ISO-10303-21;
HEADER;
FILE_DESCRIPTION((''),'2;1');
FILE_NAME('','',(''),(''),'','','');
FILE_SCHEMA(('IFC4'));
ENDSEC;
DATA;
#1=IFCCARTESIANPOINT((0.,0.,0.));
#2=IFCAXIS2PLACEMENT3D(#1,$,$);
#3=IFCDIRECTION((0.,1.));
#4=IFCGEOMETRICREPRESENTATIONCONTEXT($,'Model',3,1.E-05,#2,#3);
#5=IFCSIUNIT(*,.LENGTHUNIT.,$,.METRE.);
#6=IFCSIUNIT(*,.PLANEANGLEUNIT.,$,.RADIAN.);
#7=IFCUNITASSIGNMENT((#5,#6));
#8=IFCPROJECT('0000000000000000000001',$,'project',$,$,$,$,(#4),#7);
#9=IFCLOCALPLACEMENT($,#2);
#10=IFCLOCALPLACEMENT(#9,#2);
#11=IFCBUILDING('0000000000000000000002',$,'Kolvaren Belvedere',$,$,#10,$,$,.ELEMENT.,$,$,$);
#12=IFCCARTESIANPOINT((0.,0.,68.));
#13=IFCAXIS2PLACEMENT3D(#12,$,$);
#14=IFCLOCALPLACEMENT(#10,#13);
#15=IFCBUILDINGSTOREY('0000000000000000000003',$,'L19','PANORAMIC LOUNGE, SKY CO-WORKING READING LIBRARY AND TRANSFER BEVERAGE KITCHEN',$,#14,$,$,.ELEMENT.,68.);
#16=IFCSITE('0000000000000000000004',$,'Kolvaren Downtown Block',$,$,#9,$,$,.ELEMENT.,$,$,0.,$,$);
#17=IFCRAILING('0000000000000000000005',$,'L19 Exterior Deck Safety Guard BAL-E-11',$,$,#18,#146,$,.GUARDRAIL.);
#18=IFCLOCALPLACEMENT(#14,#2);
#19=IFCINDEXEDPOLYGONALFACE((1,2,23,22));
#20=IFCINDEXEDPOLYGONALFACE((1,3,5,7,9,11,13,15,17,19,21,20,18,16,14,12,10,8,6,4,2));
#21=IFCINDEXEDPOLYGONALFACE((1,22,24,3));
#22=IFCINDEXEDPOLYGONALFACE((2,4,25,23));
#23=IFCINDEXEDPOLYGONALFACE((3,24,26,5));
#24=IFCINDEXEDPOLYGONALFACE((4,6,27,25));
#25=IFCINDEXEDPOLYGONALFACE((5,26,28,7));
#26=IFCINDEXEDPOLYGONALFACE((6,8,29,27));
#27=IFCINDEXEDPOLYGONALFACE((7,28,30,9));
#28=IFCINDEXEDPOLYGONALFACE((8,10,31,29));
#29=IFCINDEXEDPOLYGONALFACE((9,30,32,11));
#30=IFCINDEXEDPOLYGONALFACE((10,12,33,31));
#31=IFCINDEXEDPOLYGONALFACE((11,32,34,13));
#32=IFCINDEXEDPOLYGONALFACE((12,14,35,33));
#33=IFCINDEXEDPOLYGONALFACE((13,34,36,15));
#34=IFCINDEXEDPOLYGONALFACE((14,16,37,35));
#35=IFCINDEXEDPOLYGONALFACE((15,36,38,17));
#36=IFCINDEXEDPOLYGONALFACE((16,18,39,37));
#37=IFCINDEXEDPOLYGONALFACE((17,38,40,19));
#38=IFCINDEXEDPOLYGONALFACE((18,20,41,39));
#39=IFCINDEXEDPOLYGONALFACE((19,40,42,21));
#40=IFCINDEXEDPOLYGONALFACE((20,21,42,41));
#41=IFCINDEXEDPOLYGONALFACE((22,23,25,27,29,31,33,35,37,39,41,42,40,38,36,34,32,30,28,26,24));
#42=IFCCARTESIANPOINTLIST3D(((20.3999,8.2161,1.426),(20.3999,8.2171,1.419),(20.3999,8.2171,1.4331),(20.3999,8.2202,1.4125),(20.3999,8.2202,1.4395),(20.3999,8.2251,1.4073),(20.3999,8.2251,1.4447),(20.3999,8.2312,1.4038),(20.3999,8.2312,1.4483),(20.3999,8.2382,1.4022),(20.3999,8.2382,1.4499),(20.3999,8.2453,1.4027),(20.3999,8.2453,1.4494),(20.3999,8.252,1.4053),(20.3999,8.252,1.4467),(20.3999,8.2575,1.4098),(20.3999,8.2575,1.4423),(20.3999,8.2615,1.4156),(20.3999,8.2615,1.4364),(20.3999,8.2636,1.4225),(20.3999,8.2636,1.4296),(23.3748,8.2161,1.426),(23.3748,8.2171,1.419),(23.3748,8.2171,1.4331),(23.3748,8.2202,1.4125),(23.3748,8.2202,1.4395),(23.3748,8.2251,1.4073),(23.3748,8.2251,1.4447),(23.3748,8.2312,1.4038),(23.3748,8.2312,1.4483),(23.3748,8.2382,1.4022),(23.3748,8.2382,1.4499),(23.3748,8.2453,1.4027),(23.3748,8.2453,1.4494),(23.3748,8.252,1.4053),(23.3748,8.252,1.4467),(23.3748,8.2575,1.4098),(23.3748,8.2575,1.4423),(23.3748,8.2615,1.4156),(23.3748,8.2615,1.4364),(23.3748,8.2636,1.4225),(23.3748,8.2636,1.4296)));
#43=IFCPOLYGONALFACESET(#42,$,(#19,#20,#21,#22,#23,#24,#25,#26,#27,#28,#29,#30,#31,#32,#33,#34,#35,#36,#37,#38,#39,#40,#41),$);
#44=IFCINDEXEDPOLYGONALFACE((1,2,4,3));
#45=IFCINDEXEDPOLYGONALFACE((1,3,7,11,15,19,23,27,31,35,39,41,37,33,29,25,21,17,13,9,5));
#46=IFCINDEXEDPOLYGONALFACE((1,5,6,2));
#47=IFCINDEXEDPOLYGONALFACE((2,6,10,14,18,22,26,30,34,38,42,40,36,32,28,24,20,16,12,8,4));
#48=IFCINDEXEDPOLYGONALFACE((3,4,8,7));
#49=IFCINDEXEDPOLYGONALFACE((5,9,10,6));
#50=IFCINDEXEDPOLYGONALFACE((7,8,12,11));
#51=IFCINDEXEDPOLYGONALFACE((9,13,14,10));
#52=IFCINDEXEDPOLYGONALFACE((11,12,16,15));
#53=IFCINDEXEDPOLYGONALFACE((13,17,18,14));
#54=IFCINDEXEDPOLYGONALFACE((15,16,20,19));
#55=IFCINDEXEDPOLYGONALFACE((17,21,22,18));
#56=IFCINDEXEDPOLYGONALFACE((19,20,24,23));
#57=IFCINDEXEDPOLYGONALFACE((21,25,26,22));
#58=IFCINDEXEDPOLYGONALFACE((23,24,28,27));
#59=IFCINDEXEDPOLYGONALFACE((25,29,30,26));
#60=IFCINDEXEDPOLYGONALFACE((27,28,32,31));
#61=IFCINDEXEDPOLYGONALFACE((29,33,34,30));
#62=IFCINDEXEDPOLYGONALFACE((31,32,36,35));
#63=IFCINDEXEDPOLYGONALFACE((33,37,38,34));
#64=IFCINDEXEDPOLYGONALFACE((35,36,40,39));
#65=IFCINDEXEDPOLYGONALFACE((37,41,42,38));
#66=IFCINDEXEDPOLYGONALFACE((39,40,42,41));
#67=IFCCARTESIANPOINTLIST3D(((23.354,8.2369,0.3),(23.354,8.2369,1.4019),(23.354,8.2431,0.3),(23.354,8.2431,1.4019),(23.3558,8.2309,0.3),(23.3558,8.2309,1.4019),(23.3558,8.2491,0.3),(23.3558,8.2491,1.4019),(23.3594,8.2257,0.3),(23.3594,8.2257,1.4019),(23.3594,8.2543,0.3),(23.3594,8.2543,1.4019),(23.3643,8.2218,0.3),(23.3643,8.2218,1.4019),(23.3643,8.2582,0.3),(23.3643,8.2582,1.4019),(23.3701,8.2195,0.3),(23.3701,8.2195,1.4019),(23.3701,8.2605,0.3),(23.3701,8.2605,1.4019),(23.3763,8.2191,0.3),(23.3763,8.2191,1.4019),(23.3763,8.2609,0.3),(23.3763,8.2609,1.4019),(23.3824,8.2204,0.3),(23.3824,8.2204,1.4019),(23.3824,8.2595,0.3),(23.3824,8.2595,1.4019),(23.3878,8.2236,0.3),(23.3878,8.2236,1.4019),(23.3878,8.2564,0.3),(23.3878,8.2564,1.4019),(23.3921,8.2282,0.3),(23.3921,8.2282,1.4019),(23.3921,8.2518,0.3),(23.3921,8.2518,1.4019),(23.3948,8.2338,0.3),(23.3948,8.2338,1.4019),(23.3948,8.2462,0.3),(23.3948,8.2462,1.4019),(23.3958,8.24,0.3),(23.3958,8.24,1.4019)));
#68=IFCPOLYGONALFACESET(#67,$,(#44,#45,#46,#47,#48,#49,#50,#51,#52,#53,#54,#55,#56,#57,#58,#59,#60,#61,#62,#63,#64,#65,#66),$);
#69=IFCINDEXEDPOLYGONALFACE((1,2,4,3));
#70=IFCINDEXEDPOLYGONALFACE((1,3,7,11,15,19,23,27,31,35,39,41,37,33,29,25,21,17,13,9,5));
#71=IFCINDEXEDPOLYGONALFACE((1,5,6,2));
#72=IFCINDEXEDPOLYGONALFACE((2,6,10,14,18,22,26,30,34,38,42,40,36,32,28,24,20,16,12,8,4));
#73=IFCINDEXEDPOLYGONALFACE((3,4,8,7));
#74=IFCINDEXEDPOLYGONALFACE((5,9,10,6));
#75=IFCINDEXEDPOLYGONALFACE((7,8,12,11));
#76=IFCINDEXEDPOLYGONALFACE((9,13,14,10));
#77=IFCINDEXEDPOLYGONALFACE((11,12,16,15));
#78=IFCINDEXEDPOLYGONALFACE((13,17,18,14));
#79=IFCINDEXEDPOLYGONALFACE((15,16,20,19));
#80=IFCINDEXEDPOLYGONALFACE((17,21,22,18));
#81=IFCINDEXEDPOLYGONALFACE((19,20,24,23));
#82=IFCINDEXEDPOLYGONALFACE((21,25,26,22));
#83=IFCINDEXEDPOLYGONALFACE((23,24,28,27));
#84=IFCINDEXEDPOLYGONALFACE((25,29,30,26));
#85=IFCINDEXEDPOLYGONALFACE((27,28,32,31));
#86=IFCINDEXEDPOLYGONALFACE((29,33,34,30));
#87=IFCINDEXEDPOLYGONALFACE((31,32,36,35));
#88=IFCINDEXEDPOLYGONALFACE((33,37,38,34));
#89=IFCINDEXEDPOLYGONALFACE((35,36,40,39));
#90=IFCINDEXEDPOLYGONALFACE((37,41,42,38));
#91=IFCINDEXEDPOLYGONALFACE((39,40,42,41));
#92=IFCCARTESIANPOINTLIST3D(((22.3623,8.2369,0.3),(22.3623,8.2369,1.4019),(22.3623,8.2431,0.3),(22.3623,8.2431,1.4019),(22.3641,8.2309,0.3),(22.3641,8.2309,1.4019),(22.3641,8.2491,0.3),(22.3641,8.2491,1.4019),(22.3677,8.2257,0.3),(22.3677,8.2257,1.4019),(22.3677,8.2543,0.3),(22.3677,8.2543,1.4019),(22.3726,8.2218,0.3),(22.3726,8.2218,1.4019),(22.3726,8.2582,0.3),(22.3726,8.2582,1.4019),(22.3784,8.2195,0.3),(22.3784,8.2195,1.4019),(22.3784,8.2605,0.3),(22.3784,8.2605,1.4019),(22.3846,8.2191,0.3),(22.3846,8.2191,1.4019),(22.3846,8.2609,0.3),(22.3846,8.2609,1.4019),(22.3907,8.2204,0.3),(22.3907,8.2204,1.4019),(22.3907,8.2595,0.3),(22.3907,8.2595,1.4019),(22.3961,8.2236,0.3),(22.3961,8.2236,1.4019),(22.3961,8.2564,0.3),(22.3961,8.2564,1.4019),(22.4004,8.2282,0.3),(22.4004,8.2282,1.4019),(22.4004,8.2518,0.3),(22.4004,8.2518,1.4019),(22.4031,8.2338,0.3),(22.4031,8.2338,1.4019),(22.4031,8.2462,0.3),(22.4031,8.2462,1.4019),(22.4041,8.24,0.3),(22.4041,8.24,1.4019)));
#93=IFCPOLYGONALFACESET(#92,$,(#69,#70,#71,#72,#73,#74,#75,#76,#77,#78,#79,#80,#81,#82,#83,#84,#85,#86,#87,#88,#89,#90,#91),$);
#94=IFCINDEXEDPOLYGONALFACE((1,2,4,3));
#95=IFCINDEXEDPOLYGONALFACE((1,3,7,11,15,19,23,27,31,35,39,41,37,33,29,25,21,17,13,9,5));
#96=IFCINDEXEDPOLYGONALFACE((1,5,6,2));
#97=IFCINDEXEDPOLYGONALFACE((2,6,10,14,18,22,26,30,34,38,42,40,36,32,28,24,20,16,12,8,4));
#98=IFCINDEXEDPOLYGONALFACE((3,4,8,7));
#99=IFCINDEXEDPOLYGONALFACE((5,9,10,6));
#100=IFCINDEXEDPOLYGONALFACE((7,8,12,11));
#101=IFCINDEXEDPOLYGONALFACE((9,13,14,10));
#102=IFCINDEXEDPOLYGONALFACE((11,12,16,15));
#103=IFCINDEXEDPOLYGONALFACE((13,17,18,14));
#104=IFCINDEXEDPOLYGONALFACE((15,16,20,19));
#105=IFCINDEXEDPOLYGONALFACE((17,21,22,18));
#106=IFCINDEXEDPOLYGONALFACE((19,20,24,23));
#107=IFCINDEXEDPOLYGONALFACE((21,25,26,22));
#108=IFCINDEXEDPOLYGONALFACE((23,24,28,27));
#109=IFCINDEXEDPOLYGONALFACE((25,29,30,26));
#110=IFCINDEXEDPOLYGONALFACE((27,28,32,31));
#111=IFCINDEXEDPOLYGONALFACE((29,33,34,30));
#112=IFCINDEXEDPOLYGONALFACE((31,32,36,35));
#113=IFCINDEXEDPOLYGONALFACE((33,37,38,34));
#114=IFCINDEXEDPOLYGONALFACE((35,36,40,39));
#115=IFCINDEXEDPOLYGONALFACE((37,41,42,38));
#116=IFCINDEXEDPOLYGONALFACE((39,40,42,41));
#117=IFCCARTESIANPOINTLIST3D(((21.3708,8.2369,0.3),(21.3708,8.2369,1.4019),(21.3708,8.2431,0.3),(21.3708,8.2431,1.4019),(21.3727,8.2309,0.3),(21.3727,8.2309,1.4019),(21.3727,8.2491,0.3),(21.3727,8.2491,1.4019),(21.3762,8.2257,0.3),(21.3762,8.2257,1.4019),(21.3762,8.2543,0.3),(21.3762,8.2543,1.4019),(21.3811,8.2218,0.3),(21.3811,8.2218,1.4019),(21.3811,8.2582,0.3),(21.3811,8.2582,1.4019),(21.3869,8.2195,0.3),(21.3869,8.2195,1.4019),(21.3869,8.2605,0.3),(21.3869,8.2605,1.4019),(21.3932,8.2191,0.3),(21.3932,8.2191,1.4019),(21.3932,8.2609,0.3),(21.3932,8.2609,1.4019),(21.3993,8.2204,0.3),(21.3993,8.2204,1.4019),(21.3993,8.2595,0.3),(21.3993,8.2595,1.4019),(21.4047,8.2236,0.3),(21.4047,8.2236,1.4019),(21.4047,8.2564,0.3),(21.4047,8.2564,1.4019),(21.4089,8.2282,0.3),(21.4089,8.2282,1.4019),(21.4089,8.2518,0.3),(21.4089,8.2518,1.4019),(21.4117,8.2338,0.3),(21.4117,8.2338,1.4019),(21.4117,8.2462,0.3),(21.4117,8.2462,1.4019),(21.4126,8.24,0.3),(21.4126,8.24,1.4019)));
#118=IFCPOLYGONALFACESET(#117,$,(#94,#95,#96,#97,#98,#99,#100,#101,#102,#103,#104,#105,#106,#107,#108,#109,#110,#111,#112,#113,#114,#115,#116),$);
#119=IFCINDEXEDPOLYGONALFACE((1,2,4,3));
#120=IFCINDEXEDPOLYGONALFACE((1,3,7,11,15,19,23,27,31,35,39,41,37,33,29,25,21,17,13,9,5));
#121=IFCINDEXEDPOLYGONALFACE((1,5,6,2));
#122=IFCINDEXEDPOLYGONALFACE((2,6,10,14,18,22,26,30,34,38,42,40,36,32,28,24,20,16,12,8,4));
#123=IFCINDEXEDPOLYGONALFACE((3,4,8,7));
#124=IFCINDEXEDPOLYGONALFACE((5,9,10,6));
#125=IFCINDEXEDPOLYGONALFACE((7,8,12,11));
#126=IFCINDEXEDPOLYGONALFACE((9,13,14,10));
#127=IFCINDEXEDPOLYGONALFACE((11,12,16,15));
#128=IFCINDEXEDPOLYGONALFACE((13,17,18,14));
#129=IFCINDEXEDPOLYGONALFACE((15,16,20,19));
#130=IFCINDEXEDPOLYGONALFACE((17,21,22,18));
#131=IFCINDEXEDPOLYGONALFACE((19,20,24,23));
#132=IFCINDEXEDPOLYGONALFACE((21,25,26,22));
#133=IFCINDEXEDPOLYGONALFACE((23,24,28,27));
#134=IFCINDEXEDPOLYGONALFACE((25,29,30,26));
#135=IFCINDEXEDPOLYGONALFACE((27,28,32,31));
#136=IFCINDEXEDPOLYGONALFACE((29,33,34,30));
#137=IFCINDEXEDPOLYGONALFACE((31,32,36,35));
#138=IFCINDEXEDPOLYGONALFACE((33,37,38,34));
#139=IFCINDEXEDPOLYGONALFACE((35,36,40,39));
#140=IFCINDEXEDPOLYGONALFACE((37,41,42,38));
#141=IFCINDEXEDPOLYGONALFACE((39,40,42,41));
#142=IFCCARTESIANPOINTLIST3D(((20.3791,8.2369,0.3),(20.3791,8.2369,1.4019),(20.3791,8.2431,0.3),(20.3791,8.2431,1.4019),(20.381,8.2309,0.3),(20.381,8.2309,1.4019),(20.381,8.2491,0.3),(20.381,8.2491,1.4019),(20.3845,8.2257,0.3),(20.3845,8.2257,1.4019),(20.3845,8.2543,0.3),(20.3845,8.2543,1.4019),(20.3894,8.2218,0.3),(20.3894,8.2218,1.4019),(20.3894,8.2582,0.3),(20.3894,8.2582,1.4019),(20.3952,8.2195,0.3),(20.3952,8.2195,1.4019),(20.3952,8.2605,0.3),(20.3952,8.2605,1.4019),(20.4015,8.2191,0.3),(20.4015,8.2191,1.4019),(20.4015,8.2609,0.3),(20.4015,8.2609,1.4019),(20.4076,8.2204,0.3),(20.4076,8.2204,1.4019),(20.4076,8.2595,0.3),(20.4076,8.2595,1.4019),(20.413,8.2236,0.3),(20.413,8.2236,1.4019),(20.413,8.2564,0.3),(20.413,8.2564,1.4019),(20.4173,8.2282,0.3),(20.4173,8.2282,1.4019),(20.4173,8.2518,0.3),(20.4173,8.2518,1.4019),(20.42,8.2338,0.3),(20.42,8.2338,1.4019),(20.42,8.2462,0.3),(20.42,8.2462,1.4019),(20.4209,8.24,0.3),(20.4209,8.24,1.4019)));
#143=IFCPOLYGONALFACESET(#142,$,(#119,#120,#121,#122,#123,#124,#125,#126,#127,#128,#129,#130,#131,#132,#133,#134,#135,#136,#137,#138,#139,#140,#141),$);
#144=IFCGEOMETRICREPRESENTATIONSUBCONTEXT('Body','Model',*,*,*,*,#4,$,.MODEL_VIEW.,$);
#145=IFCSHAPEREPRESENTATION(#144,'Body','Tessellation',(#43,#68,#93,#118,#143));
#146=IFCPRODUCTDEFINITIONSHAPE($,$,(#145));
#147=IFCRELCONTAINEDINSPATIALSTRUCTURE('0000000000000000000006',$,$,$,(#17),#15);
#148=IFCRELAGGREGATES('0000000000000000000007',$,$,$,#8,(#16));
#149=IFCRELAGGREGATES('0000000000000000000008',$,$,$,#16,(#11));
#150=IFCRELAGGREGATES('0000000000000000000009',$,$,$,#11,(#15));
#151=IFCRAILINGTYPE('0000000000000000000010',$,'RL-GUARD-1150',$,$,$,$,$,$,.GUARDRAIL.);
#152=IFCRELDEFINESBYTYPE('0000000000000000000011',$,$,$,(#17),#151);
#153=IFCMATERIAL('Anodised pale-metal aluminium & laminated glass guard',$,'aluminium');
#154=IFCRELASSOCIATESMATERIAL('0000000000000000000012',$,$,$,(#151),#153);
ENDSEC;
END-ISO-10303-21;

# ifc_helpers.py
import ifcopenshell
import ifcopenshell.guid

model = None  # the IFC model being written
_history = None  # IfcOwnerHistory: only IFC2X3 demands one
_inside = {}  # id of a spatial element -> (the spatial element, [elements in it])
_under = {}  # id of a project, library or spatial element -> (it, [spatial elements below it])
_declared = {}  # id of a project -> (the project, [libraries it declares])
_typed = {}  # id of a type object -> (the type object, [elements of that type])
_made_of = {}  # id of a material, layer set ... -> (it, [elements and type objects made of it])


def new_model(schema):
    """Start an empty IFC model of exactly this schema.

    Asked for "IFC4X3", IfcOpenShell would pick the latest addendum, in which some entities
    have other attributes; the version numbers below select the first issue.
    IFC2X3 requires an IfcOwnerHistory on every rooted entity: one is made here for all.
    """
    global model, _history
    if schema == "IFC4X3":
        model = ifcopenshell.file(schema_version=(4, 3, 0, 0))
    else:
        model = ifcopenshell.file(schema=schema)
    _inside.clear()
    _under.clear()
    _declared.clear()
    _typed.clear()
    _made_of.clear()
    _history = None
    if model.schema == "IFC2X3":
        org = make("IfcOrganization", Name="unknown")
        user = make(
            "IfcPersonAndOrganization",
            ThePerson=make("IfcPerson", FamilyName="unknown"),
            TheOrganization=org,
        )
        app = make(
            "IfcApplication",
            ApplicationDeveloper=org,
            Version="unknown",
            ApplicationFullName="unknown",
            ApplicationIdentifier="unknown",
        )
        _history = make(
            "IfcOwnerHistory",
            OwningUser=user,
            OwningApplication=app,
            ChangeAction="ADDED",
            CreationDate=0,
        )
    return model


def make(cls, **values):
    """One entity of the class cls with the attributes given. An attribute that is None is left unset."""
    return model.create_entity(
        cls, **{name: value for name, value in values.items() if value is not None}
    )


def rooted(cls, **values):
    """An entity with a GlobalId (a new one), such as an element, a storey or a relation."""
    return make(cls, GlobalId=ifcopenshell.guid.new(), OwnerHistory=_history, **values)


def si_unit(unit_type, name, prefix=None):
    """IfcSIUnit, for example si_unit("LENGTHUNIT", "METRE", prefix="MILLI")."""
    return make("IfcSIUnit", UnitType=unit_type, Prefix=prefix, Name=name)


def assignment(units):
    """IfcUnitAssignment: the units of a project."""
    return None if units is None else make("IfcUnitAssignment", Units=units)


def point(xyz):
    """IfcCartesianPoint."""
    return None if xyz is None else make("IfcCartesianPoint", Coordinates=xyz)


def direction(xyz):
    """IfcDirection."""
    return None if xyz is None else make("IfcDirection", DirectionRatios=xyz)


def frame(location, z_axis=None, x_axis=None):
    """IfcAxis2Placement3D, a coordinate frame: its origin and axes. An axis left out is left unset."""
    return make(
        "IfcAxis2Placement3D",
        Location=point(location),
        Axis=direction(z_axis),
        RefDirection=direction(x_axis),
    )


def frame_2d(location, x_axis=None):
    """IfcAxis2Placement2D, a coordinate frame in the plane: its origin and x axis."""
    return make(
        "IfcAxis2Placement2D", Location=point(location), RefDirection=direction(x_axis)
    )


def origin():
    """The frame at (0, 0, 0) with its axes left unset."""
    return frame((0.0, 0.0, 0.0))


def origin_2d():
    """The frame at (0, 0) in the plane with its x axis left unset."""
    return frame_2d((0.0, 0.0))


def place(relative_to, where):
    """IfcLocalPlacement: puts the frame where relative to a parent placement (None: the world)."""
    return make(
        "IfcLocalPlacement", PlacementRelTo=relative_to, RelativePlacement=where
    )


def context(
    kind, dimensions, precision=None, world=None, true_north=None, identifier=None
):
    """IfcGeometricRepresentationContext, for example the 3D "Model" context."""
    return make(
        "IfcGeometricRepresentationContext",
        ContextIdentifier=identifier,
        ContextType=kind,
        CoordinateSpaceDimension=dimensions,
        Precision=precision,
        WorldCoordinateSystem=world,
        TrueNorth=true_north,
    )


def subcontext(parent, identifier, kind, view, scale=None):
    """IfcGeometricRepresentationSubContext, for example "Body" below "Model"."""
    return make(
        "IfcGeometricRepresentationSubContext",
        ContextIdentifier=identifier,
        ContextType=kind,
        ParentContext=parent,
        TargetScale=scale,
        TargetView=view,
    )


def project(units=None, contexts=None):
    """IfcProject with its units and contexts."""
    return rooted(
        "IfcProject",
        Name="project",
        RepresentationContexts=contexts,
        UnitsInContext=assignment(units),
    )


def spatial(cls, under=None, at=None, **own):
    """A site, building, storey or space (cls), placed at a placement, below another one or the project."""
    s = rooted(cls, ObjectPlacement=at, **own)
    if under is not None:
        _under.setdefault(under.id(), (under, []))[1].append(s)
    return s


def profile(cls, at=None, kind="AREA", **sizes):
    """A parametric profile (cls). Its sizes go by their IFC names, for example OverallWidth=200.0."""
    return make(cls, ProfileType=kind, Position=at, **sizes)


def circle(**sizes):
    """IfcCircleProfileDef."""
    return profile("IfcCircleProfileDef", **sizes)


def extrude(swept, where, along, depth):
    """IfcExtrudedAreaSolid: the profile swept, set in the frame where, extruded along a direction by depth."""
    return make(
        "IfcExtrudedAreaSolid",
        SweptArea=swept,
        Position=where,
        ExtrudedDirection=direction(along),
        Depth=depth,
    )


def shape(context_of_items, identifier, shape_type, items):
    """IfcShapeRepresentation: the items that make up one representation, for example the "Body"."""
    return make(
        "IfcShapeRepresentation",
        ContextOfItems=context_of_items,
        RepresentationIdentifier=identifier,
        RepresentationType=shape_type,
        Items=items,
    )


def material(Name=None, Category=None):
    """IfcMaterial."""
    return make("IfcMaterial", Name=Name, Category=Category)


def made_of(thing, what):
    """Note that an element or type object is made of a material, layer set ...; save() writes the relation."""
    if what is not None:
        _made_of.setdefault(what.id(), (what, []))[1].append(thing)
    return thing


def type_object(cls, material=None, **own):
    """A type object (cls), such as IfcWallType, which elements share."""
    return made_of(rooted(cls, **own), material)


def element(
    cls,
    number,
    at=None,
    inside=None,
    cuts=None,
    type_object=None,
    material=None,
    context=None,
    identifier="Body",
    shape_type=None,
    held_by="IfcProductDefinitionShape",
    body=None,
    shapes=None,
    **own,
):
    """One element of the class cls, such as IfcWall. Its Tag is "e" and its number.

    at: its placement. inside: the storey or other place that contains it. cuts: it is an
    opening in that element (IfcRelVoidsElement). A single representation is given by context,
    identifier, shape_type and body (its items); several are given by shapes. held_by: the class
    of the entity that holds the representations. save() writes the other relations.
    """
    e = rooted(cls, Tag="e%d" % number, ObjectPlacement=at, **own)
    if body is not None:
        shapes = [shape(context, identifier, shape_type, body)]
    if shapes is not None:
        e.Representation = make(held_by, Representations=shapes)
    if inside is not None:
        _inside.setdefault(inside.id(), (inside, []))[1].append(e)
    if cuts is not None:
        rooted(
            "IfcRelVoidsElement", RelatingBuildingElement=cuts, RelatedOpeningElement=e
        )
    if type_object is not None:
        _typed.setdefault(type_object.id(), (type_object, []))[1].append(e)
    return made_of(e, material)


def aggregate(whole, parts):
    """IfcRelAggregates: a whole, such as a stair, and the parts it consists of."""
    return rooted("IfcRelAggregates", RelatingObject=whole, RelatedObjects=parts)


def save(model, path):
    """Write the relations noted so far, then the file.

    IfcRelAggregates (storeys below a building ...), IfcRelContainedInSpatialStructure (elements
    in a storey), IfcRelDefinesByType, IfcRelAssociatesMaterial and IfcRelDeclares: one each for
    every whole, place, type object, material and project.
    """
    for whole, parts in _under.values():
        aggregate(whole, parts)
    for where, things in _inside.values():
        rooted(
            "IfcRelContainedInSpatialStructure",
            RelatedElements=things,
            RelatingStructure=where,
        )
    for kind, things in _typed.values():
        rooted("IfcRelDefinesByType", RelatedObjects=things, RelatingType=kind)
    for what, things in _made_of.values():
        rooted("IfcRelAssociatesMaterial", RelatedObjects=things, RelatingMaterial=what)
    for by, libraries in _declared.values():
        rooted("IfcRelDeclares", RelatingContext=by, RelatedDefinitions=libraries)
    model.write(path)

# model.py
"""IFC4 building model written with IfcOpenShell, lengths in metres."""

from ifc_helpers import new_model, si_unit, direction, frame, origin, origin_2d, place, context, subcontext, project, spatial, circle, extrude, material, type_object, element, save


model = new_model("IFC4")

# Units and contexts
model_context = context("Model", 3, precision=1e-05, world=origin(), true_north=direction((0.0, 1.0)))
body_context = subcontext(model_context, "Body", "Model", "MODEL_VIEW")
ifc_project = project(units=[si_unit("LENGTHUNIT", "METRE"), si_unit("PLANEANGLEUNIT", "RADIAN")], contexts=[model_context])

# Site, building, storey
site_placement = place(None, origin())
site = spatial("IfcSite", under=ifc_project, at=site_placement, Name="Kolvaren Downtown Block", CompositionType="ELEMENT", RefElevation=0.0)
building_placement = place(site_placement, origin())
building = spatial("IfcBuilding", under=site, at=building_placement, Name="Kolvaren Belvedere", CompositionType="ELEMENT")
storey_placement = place(building_placement, frame((0.0, 0.0, 68.0)))
storey = spatial("IfcBuildingStorey", under=building, at=storey_placement, Name="L19", Description="PANORAMIC LOUNGE, SKY CO-WORKING READING LIBRARY AND TRANSFER BEVERAGE KITCHEN", CompositionType="ELEMENT", Elevation=68.0)

# Railing
ifc_material_1 = material(Name="Anodised pale-metal aluminium & laminated glass guard", Category="aluminium")
railing_type = type_object("IfcRailingType", Name="RL-GUARD-1150", PredefinedType="GUARDRAIL", material=ifc_material_1)
railing_placement = place(storey_placement, frame((23.3748, 8.24, 0.3)))
element("IfcRailing", 1, at=railing_placement, inside=storey, type_object=railing_type, Name="L19 Exterior Deck Safety Guard BAL-E-11", PredefinedType="GUARDRAIL", context=body_context, shape_type="SweptSolid", body=[
    extrude(circle(Radius=0.0239, at=origin_2d()), frame((0.0, 0.0, 1.126), z_axis=(-1.0, 0.0, 0.0), x_axis=(0.0, -1.0, 0.0)), (0.0, 0.0, 1.0), 2.9749),
    extrude(circle(Radius=0.021, at=origin_2d()), origin(), (0.0, 0.0, 1.0), 1.1018),
    extrude(circle(Radius=0.021, at=origin_2d()), frame((-0.9917, 0.0, 0.0)), (0.0, 0.0, 1.0), 1.1018),
    extrude(circle(Radius=0.021, at=origin_2d()), frame((-1.9832, 0.0, 0.0)), (0.0, 0.0, 1.0), 1.1018),
    extrude(circle(Radius=0.021, at=origin_2d()), frame((-2.9749, 0.0, 0.0)), (0.0, 0.0, 1.0), 1.1018),
])

save(model, "model.ifc")
